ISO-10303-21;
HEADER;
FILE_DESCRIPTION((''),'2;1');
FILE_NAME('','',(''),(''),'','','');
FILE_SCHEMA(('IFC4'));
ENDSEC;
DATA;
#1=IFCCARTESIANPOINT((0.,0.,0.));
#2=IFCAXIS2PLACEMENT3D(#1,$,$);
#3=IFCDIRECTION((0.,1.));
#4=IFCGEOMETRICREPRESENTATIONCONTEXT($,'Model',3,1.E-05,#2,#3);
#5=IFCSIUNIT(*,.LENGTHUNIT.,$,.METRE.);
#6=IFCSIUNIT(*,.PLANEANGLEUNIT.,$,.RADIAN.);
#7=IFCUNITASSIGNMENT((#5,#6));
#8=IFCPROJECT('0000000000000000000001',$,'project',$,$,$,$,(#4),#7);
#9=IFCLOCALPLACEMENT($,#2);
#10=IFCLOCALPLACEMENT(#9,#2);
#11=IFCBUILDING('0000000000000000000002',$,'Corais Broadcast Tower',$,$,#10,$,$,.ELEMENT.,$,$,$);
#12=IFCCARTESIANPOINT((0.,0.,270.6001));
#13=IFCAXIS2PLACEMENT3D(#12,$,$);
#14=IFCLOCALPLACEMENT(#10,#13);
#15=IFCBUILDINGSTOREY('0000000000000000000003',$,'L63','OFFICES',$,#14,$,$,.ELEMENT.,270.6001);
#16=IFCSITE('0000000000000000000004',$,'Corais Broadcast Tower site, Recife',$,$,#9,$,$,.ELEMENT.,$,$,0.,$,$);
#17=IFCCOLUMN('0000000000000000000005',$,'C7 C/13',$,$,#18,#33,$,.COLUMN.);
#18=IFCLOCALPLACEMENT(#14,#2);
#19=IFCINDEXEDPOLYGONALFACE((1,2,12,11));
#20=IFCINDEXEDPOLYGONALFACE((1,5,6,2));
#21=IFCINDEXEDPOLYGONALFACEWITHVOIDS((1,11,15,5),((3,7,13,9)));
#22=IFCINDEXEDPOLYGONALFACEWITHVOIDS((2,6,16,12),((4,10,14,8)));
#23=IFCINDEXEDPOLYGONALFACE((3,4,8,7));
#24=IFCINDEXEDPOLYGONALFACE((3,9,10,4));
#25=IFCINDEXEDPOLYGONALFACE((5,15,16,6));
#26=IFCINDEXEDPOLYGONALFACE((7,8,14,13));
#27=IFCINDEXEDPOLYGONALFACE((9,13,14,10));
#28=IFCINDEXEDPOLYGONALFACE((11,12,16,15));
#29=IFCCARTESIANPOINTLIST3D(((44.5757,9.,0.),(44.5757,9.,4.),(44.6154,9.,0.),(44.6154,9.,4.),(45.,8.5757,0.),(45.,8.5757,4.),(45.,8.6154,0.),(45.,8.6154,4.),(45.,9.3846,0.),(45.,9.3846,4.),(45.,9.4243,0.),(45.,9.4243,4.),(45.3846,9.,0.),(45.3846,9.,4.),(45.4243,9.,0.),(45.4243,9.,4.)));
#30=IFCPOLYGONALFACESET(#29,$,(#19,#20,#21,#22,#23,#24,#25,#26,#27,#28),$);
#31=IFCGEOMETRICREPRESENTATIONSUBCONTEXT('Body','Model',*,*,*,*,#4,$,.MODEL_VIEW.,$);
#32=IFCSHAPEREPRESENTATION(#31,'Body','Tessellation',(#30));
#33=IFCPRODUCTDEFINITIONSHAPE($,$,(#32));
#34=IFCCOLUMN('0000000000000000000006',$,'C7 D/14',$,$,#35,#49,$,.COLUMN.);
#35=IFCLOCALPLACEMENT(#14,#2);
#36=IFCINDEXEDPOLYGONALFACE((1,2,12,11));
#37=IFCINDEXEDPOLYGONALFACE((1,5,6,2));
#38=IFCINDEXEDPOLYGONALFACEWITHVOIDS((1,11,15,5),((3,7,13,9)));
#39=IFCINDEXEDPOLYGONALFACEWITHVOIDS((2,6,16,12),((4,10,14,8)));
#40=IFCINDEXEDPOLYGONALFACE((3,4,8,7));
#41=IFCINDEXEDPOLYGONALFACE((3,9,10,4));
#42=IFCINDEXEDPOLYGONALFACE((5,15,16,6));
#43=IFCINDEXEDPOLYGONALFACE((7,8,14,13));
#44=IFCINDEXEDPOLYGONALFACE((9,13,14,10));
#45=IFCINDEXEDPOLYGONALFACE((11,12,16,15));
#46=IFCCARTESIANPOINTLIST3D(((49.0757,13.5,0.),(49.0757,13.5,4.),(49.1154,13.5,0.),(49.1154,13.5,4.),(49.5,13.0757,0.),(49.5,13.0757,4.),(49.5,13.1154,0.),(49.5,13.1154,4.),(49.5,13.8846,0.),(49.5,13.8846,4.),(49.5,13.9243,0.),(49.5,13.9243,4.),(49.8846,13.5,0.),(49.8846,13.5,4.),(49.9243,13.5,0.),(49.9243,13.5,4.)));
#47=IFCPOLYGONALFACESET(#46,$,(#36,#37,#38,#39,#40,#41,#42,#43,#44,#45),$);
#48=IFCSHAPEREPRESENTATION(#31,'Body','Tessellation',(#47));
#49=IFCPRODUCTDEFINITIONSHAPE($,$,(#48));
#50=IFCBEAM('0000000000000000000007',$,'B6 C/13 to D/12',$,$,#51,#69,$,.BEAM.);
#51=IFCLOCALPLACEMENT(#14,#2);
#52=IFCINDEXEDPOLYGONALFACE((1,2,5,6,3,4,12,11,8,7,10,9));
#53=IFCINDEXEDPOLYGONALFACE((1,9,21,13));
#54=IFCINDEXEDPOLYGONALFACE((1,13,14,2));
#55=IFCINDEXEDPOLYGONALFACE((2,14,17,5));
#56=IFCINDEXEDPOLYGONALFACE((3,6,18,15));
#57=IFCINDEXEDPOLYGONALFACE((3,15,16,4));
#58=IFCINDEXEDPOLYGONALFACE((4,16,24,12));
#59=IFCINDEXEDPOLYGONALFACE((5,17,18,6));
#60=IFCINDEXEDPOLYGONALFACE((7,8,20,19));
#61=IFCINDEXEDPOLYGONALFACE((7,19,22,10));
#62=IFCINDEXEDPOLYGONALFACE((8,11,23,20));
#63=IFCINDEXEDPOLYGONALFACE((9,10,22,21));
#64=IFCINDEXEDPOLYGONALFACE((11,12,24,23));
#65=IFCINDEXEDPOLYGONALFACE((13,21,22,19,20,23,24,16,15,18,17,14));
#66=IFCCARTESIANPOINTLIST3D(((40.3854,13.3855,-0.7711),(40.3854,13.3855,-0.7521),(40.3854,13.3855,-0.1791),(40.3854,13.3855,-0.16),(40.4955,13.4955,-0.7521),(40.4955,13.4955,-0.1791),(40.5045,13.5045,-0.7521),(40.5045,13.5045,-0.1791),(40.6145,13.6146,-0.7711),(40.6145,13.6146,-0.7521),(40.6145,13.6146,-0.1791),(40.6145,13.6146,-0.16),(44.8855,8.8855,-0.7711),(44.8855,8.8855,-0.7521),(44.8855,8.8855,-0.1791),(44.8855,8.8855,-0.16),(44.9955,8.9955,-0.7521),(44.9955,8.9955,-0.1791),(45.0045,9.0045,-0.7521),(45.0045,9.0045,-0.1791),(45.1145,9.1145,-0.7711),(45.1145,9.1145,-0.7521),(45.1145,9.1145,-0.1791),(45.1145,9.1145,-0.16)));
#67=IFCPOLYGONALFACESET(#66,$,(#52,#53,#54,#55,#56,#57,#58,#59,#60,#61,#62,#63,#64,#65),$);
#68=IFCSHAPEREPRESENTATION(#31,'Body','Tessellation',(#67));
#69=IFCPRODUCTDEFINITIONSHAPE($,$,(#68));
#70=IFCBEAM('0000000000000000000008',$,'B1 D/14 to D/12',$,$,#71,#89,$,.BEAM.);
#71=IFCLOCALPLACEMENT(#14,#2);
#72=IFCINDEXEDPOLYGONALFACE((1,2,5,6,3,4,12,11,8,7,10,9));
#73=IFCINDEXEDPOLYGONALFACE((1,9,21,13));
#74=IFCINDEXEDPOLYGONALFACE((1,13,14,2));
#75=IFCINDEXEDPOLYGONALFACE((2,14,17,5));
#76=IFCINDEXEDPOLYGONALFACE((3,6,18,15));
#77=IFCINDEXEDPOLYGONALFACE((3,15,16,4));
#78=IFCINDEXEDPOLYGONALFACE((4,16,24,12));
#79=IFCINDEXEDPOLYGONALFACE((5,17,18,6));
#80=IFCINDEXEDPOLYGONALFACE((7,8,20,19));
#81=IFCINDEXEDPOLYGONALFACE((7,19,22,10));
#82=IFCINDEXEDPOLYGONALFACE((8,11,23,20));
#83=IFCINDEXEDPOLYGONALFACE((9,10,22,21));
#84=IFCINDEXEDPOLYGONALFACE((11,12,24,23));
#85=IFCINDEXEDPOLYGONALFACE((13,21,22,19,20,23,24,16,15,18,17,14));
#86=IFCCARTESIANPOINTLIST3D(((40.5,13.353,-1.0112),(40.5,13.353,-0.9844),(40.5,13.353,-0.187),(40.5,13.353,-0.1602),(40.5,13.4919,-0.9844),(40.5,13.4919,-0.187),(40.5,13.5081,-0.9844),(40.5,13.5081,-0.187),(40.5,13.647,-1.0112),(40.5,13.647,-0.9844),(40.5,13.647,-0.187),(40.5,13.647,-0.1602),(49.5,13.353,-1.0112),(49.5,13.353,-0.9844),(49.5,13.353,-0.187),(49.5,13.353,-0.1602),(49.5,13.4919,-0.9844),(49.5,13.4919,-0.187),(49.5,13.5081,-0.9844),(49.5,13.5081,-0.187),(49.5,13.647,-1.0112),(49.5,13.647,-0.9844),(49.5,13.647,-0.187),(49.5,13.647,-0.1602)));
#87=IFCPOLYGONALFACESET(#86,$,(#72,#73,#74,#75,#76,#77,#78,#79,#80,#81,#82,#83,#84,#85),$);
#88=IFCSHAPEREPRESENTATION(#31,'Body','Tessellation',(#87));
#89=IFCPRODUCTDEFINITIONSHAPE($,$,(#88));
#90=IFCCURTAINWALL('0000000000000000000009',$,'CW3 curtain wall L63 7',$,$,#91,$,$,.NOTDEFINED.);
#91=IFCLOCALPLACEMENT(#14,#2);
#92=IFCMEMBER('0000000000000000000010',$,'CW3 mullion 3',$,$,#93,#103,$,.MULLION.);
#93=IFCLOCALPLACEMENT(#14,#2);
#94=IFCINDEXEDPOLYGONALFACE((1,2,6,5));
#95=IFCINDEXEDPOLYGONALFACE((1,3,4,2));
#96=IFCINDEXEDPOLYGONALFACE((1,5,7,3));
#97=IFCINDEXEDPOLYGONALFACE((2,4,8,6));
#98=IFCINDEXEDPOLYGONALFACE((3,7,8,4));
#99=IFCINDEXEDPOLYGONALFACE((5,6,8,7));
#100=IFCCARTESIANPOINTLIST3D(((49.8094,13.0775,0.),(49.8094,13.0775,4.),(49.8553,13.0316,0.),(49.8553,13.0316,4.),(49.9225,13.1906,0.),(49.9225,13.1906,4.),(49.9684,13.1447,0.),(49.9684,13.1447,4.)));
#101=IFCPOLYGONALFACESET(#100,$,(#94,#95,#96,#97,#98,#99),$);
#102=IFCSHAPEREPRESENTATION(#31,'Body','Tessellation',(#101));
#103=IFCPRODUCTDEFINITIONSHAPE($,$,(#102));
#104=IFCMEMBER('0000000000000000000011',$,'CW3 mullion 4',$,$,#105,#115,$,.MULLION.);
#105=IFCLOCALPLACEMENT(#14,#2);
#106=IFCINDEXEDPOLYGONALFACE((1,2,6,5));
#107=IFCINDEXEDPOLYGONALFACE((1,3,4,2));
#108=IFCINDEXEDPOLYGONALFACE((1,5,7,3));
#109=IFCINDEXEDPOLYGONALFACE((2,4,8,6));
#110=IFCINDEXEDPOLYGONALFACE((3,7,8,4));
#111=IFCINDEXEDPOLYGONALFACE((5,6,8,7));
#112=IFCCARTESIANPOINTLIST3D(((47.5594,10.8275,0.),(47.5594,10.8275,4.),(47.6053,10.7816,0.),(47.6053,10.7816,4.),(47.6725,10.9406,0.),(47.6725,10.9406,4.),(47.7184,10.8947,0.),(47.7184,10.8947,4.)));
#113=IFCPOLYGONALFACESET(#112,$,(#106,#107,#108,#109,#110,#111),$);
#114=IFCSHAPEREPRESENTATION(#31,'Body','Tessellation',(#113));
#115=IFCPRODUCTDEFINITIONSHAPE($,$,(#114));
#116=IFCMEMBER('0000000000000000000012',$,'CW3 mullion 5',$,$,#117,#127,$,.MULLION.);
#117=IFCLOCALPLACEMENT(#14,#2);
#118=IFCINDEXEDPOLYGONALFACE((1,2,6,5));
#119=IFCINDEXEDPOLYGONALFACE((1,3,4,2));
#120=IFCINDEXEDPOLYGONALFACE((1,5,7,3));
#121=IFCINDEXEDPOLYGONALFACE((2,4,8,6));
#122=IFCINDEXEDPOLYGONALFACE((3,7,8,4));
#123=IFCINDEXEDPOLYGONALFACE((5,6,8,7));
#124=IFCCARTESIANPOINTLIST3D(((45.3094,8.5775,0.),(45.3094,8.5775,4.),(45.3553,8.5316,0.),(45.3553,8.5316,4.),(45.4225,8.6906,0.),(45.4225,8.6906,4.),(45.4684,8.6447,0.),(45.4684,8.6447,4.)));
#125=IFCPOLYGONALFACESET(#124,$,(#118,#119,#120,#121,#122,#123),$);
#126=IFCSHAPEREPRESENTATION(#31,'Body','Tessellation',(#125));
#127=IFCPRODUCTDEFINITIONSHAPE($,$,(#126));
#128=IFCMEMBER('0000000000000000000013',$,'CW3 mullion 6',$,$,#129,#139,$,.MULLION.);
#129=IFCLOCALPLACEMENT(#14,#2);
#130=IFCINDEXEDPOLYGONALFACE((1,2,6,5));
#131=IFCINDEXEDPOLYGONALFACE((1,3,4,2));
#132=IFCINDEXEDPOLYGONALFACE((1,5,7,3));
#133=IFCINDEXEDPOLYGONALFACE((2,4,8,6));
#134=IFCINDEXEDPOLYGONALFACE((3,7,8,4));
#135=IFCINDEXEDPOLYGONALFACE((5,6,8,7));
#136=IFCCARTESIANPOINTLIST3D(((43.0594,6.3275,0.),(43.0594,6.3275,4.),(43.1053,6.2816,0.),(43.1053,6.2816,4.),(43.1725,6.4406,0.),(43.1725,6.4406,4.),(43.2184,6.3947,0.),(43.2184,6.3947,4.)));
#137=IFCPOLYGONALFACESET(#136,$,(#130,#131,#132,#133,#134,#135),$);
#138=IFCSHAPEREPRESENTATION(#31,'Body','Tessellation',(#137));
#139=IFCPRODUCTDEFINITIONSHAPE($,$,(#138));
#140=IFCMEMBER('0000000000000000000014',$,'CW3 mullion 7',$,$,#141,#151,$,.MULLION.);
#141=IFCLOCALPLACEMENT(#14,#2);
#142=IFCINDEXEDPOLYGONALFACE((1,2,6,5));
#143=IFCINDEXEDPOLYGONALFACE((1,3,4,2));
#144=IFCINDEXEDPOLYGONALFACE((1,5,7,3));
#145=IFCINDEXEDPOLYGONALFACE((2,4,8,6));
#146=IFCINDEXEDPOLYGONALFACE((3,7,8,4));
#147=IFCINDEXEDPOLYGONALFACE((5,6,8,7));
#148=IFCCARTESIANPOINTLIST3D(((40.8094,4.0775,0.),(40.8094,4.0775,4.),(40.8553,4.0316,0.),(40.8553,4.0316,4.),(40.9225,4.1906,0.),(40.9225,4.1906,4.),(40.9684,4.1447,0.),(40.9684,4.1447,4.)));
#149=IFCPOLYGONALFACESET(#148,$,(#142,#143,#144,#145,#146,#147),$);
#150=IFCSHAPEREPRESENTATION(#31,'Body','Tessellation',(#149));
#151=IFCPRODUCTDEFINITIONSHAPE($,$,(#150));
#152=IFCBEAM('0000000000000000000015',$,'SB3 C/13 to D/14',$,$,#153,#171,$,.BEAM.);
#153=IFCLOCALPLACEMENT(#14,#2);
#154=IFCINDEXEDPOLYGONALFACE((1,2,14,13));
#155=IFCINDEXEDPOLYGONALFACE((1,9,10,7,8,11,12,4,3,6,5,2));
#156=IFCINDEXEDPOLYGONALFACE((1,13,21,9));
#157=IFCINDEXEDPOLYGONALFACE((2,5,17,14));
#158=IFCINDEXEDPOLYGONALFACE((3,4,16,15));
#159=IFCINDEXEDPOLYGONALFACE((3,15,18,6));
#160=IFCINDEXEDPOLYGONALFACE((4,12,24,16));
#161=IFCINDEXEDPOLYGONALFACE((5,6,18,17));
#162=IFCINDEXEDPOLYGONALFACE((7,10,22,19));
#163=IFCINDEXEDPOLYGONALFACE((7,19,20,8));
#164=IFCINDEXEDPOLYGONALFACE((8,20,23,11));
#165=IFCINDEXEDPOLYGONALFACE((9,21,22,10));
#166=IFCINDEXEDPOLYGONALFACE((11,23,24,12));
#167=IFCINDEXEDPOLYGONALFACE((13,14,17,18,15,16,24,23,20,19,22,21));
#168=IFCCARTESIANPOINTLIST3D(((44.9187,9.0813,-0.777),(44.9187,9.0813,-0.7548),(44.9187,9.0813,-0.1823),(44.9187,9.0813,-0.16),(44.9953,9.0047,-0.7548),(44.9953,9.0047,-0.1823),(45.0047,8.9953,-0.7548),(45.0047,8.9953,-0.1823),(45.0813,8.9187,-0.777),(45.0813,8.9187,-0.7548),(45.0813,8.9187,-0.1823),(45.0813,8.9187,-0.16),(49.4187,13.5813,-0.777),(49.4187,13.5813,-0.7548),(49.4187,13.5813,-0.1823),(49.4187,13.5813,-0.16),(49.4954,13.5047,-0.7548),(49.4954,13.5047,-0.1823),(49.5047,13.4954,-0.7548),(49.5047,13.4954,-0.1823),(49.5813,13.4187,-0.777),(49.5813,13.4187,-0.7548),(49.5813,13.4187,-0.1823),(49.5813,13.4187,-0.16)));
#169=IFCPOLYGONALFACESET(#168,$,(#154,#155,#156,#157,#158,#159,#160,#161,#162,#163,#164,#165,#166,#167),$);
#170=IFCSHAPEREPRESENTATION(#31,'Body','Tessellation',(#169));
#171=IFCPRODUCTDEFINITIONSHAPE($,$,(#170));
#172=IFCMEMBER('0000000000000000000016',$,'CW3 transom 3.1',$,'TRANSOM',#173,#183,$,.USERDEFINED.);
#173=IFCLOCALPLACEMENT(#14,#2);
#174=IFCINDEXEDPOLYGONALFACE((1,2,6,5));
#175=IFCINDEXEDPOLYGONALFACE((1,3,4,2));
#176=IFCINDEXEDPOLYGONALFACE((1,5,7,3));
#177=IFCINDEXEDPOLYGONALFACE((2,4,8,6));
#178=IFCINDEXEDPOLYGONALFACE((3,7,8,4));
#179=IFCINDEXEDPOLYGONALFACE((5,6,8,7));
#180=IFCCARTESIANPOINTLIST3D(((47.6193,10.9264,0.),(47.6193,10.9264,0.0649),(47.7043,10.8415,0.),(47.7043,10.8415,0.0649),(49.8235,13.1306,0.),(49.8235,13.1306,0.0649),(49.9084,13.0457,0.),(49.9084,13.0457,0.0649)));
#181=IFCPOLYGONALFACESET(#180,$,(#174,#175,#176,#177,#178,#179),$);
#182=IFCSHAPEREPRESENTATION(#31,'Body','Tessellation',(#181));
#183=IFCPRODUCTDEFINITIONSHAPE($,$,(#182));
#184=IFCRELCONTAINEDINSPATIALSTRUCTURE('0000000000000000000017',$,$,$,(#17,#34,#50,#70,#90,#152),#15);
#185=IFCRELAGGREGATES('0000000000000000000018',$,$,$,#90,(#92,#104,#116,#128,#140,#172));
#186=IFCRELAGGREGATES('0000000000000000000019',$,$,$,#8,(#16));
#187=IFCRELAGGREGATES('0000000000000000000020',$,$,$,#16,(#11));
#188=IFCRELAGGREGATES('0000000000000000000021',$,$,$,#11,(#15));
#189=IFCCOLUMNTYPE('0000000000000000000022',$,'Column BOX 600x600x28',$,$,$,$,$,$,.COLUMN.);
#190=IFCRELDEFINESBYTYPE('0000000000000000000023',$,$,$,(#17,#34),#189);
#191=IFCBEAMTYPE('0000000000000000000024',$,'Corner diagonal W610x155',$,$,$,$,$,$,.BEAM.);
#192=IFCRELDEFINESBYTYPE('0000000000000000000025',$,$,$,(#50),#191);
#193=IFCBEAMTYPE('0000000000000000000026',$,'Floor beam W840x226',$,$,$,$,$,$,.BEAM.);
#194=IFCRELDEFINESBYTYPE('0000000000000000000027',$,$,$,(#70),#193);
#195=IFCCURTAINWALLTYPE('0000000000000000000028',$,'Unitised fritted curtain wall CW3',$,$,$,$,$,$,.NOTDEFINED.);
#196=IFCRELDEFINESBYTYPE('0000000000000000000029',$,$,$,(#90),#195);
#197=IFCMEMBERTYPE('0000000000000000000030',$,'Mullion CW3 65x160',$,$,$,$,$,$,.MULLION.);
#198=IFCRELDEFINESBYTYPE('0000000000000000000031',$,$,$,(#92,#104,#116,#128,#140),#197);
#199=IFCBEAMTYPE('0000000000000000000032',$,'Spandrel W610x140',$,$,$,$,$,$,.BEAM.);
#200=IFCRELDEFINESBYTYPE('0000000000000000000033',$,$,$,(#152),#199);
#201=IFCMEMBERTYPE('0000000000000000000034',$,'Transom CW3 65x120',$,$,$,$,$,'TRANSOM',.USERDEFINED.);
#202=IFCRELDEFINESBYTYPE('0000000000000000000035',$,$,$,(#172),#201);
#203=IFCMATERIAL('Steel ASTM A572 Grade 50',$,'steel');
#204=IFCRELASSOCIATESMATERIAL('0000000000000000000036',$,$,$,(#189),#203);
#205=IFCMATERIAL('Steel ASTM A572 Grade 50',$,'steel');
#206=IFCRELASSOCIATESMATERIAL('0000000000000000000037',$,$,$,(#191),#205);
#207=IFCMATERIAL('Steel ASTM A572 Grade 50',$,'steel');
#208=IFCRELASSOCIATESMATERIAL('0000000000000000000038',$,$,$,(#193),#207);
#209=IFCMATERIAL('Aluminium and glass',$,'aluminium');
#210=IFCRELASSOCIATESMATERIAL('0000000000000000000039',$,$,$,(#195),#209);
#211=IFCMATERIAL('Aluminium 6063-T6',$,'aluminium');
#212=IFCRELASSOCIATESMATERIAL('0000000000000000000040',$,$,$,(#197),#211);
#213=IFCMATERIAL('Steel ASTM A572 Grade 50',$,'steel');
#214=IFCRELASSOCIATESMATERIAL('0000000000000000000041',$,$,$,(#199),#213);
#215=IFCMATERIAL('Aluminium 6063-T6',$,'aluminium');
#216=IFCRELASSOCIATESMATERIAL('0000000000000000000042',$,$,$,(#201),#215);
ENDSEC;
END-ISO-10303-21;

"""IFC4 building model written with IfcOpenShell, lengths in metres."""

from ifc_helpers import new_model, si_unit, direction, frame, origin, origin_2d, place, context, subcontext, project, spatial, rectangle, hollow_rectangle, i_section, extrude, material, material_profile, profile_set, type_object, element, aggregate, save


model = new_model("IFC4")

# Units and contexts
model_context = context("Model", 3, precision=1e-05, world=origin(), true_north=direction((0.0, 1.0)))
body_context = subcontext(model_context, "Body", "Model", "MODEL_VIEW")
ifc_project = project(units=[si_unit("LENGTHUNIT", "METRE"), si_unit("PLANEANGLEUNIT", "RADIAN")], contexts=[model_context])

# Site, building, storey
site_placement = place(None, origin())
site = spatial("IfcSite", under=ifc_project, at=site_placement, Name="Corais Broadcast Tower site, Recife", CompositionType="ELEMENT", RefElevation=0.0)
building_placement = place(site_placement, origin())
building = spatial("IfcBuilding", under=site, at=building_placement, Name="Corais Broadcast Tower", CompositionType="ELEMENT")
storey_placement = place(building_placement, frame((0.0, 0.0, 270.6001)))
storey = spatial("IfcBuildingStorey", under=building, at=storey_placement, Name="L63", Description="OFFICES", CompositionType="ELEMENT", Elevation=270.6001)

# Columns
ifc_material_1 = material(Name="Steel ASTM A572 Grade 50", Category="steel")
ifc_material_profile_1 = material_profile(ifc_material_1, hollow_rectangle(XDim=0.6001, YDim=0.6001, WallThickness=0.0281, at=origin_2d()), Name="BOX 600x600x28")
ifc_profile_set_1 = profile_set([ifc_material_profile_1], Name="Steel ASTM A572 Grade 50")
column_type = type_object("IfcColumnType", Name="Column BOX 600x600x28", PredefinedType="COLUMN", material=ifc_profile_set_1)
for number, where, z_axis, x_axis, name in (
    (1, (45.0, 9.0, 0.0), (0.0, 0.0, 1.0), (0.707107, 0.707107, 0.0), "C7 C/13"),
    (2, (49.5, 13.5, 0.0), (0.0, 0.0, 1.0), (0.707107, 0.707107, 0.0), "C7 D/14"),
):
    element("IfcColumn", number, at=place(storey_placement, frame(where, z_axis=z_axis, x_axis=x_axis)), inside=storey, type_object=column_type, Name=name, PredefinedType="COLUMN", context=body_context, shape_type="SweptSolid", body=[
        extrude(hollow_rectangle(XDim=0.6001, YDim=0.6001, WallThickness=0.0281, at=origin_2d()), origin(), (0.0, 0.0, 1.0), 4.0),
    ])

# Beams
ifc_material_2 = material(Name="Steel ASTM A572 Grade 50", Category="steel")
ifc_material_profile_2 = material_profile(ifc_material_2, i_section(OverallWidth=0.324, OverallDepth=0.6111, WebThickness=0.0127, FlangeThickness=0.019, at=origin_2d()), Name="W610x155")
ifc_profile_set_2 = profile_set([ifc_material_profile_2], Name="Steel ASTM A572 Grade 50")
beam_type_1 = type_object("IfcBeamType", Name="Corner diagonal W610x155", PredefinedType="BEAM", material=ifc_profile_set_2)
beam_1_placement = place(storey_placement, frame((45.0, 9.0, -0.4656), z_axis=(-0.707107, 0.707107, 0.0), x_axis=(-0.707107, -0.707107, 0.0)))
element("IfcBeam", 3, at=beam_1_placement, inside=storey, type_object=beam_type_1, Name="B6 C/13 to D/12", PredefinedType="BEAM", context=body_context, shape_type="SweptSolid", body=[
    extrude(i_section(OverallWidth=0.324, OverallDepth=0.6111, WebThickness=0.0127, FlangeThickness=0.019, at=origin_2d()), origin(), (0.0, 0.0, 1.0), 6.364),
])
ifc_material_3 = material(Name="Steel ASTM A572 Grade 50", Category="steel")
ifc_material_profile_3 = material_profile(ifc_material_3, i_section(OverallWidth=0.2939, OverallDepth=0.8511, WebThickness=0.0161, FlangeThickness=0.0269, at=origin_2d()), Name="W840x226")
ifc_profile_set_3 = profile_set([ifc_material_profile_3], Name="Steel ASTM A572 Grade 50")
beam_type_2 = type_object("IfcBeamType", Name="Floor beam W840x226", PredefinedType="BEAM", material=ifc_profile_set_3)
beam_2_placement = place(storey_placement, frame((49.5, 13.5, -0.5857), z_axis=(-1.0, 0.0, 0.0), x_axis=(0.0, -1.0, 0.0)))
element("IfcBeam", 4, at=beam_2_placement, inside=storey, type_object=beam_type_2, Name="B1 D/14 to D/12", PredefinedType="BEAM", context=body_context, shape_type="SweptSolid", body=[
    extrude(i_section(OverallWidth=0.2939, OverallDepth=0.8511, WebThickness=0.0161, FlangeThickness=0.0269, at=origin_2d()), origin(), (0.0, 0.0, 1.0), 9.0),
])

# Curtain wall, members
ifc_material_4 = material(Name="Aluminium and glass", Category="aluminium")
curtain_wall_type = type_object("IfcCurtainWallType", Name="Unitised fritted curtain wall CW3", PredefinedType="NOTDEFINED", material=ifc_material_4)
curtain_wall_placement = place(storey_placement, origin())
curtain_wall = element("IfcCurtainWall", 5, at=curtain_wall_placement, inside=storey, type_object=curtain_wall_type, Name="CW3 curtain wall L63 7", PredefinedType="NOTDEFINED")
ifc_material_5 = material(Name="Aluminium 6063-T6", Category="aluminium")
ifc_material_profile_4 = material_profile(ifc_material_5, rectangle(XDim=0.0649, YDim=0.1599, at=origin_2d()), Name="Mullion CW3 65x160")
ifc_profile_set_4 = profile_set([ifc_material_profile_4], Name="Aluminium 6063-T6")
member_type_1 = type_object("IfcMemberType", Name="Mullion CW3 65x160", PredefinedType="MULLION", material=ifc_profile_set_4)
member_1_placement = place(storey_placement, frame((49.8889, 13.1111, 0.0), z_axis=(0.0, 0.0, 1.0), x_axis=(0.707107, -0.707107, 0.0)))
member_1 = element("IfcMember", 6, at=member_1_placement, type_object=member_type_1, Name="CW3 mullion 3", PredefinedType="MULLION", context=body_context, shape_type="SweptSolid", body=[
    extrude(rectangle(XDim=0.0649, YDim=0.1599, at=origin_2d()), origin(), (0.0, 0.0, 1.0), 4.0),
])
member_2_placement = place(storey_placement, frame((47.6389, 10.8611, 0.0), z_axis=(0.0, 0.0, 1.0), x_axis=(0.707107, -0.707107, 0.0)))
member_2 = element("IfcMember", 7, at=member_2_placement, type_object=member_type_1, Name="CW3 mullion 4", PredefinedType="MULLION", context=body_context, shape_type="SweptSolid", body=[
    extrude(rectangle(XDim=0.0649, YDim=0.1599, at=origin_2d()), origin(), (0.0, 0.0, 1.0), 4.0),
])
member_3_placement = place(storey_placement, frame((45.3889, 8.6111, 0.0), z_axis=(0.0, 0.0, 1.0), x_axis=(0.707107, -0.707107, 0.0)))
member_3 = element("IfcMember", 8, at=member_3_placement, type_object=member_type_1, Name="CW3 mullion 5", PredefinedType="MULLION", context=body_context, shape_type="SweptSolid", body=[
    extrude(rectangle(XDim=0.0649, YDim=0.1599, at=origin_2d()), origin(), (0.0, 0.0, 1.0), 4.0),
])
member_4_placement = place(storey_placement, frame((43.1389, 6.3611, 0.0), z_axis=(0.0, 0.0, 1.0), x_axis=(0.707107, -0.707107, 0.0)))
member_4 = element("IfcMember", 9, at=member_4_placement, type_object=member_type_1, Name="CW3 mullion 6", PredefinedType="MULLION", context=body_context, shape_type="SweptSolid", body=[
    extrude(rectangle(XDim=0.0649, YDim=0.1599, at=origin_2d()), origin(), (0.0, 0.0, 1.0), 4.0),
])
member_5_placement = place(storey_placement, frame((40.8889, 4.1111, 0.0), z_axis=(0.0, 0.0, 1.0), x_axis=(0.707107, -0.707107, 0.0)))
member_5 = element("IfcMember", 10, at=member_5_placement, type_object=member_type_1, Name="CW3 mullion 7", PredefinedType="MULLION", context=body_context, shape_type="SweptSolid", body=[
    extrude(rectangle(XDim=0.0649, YDim=0.1599, at=origin_2d()), origin(), (0.0, 0.0, 1.0), 4.0),
])

# Beam
ifc_material_6 = material(Name="Steel ASTM A572 Grade 50", Category="steel")
ifc_material_profile_5 = material_profile(ifc_material_6, i_section(OverallWidth=0.23, OverallDepth=0.6169, WebThickness=0.0132, FlangeThickness=0.0222, at=origin_2d()), Name="W610x140")
ifc_profile_set_5 = profile_set([ifc_material_profile_5], Name="Steel ASTM A572 Grade 50")
beam_type_3 = type_object("IfcBeamType", Name="Spandrel W610x140", PredefinedType="BEAM", material=ifc_profile_set_5)
beam_3_placement = place(storey_placement, frame((45.0, 9.0, -0.4685), z_axis=(0.707107, 0.707107, 0.0), x_axis=(-0.707107, 0.707107, 0.0)))
element("IfcBeam", 11, at=beam_3_placement, inside=storey, type_object=beam_type_3, Name="SB3 C/13 to D/14", PredefinedType="BEAM", context=body_context, shape_type="SweptSolid", body=[
    extrude(i_section(OverallWidth=0.23, OverallDepth=0.6169, WebThickness=0.0132, FlangeThickness=0.0222, at=origin_2d()), origin(), (0.0, 0.0, 1.0), 6.364),
])

# Member
ifc_material_7 = material(Name="Aluminium 6063-T6", Category="aluminium")
ifc_material_profile_6 = material_profile(ifc_material_7, rectangle(XDim=0.1201, YDim=0.0649, at=origin_2d()), Name="Transom CW3 65x120")
ifc_profile_set_6 = profile_set([ifc_material_profile_6], Name="Aluminium 6063-T6")
member_type_2 = type_object("IfcMemberType", Name="Transom CW3 65x120", ElementType="TRANSOM", PredefinedType="USERDEFINED", material=ifc_profile_set_6)
member_6_placement = place(storey_placement, frame((49.866, 13.0881, 0.0325), z_axis=(-0.707107, -0.707107, 0.0), x_axis=(0.707107, -0.707107, 0.0)))
member_6 = element("IfcMember", 12, at=member_6_placement, type_object=member_type_2, Name="CW3 transom 3.1", ObjectType="TRANSOM", PredefinedType="USERDEFINED", context=body_context, shape_type="SweptSolid", body=[
    extrude(rectangle(XDim=0.1201, YDim=0.0649, at=origin_2d()), origin(), (0.0, 0.0, 1.0), 3.1172),
])

aggregate(curtain_wall, [member_1, member_2, member_3, member_4, member_5, member_6])

save(model, "model.ifc")
